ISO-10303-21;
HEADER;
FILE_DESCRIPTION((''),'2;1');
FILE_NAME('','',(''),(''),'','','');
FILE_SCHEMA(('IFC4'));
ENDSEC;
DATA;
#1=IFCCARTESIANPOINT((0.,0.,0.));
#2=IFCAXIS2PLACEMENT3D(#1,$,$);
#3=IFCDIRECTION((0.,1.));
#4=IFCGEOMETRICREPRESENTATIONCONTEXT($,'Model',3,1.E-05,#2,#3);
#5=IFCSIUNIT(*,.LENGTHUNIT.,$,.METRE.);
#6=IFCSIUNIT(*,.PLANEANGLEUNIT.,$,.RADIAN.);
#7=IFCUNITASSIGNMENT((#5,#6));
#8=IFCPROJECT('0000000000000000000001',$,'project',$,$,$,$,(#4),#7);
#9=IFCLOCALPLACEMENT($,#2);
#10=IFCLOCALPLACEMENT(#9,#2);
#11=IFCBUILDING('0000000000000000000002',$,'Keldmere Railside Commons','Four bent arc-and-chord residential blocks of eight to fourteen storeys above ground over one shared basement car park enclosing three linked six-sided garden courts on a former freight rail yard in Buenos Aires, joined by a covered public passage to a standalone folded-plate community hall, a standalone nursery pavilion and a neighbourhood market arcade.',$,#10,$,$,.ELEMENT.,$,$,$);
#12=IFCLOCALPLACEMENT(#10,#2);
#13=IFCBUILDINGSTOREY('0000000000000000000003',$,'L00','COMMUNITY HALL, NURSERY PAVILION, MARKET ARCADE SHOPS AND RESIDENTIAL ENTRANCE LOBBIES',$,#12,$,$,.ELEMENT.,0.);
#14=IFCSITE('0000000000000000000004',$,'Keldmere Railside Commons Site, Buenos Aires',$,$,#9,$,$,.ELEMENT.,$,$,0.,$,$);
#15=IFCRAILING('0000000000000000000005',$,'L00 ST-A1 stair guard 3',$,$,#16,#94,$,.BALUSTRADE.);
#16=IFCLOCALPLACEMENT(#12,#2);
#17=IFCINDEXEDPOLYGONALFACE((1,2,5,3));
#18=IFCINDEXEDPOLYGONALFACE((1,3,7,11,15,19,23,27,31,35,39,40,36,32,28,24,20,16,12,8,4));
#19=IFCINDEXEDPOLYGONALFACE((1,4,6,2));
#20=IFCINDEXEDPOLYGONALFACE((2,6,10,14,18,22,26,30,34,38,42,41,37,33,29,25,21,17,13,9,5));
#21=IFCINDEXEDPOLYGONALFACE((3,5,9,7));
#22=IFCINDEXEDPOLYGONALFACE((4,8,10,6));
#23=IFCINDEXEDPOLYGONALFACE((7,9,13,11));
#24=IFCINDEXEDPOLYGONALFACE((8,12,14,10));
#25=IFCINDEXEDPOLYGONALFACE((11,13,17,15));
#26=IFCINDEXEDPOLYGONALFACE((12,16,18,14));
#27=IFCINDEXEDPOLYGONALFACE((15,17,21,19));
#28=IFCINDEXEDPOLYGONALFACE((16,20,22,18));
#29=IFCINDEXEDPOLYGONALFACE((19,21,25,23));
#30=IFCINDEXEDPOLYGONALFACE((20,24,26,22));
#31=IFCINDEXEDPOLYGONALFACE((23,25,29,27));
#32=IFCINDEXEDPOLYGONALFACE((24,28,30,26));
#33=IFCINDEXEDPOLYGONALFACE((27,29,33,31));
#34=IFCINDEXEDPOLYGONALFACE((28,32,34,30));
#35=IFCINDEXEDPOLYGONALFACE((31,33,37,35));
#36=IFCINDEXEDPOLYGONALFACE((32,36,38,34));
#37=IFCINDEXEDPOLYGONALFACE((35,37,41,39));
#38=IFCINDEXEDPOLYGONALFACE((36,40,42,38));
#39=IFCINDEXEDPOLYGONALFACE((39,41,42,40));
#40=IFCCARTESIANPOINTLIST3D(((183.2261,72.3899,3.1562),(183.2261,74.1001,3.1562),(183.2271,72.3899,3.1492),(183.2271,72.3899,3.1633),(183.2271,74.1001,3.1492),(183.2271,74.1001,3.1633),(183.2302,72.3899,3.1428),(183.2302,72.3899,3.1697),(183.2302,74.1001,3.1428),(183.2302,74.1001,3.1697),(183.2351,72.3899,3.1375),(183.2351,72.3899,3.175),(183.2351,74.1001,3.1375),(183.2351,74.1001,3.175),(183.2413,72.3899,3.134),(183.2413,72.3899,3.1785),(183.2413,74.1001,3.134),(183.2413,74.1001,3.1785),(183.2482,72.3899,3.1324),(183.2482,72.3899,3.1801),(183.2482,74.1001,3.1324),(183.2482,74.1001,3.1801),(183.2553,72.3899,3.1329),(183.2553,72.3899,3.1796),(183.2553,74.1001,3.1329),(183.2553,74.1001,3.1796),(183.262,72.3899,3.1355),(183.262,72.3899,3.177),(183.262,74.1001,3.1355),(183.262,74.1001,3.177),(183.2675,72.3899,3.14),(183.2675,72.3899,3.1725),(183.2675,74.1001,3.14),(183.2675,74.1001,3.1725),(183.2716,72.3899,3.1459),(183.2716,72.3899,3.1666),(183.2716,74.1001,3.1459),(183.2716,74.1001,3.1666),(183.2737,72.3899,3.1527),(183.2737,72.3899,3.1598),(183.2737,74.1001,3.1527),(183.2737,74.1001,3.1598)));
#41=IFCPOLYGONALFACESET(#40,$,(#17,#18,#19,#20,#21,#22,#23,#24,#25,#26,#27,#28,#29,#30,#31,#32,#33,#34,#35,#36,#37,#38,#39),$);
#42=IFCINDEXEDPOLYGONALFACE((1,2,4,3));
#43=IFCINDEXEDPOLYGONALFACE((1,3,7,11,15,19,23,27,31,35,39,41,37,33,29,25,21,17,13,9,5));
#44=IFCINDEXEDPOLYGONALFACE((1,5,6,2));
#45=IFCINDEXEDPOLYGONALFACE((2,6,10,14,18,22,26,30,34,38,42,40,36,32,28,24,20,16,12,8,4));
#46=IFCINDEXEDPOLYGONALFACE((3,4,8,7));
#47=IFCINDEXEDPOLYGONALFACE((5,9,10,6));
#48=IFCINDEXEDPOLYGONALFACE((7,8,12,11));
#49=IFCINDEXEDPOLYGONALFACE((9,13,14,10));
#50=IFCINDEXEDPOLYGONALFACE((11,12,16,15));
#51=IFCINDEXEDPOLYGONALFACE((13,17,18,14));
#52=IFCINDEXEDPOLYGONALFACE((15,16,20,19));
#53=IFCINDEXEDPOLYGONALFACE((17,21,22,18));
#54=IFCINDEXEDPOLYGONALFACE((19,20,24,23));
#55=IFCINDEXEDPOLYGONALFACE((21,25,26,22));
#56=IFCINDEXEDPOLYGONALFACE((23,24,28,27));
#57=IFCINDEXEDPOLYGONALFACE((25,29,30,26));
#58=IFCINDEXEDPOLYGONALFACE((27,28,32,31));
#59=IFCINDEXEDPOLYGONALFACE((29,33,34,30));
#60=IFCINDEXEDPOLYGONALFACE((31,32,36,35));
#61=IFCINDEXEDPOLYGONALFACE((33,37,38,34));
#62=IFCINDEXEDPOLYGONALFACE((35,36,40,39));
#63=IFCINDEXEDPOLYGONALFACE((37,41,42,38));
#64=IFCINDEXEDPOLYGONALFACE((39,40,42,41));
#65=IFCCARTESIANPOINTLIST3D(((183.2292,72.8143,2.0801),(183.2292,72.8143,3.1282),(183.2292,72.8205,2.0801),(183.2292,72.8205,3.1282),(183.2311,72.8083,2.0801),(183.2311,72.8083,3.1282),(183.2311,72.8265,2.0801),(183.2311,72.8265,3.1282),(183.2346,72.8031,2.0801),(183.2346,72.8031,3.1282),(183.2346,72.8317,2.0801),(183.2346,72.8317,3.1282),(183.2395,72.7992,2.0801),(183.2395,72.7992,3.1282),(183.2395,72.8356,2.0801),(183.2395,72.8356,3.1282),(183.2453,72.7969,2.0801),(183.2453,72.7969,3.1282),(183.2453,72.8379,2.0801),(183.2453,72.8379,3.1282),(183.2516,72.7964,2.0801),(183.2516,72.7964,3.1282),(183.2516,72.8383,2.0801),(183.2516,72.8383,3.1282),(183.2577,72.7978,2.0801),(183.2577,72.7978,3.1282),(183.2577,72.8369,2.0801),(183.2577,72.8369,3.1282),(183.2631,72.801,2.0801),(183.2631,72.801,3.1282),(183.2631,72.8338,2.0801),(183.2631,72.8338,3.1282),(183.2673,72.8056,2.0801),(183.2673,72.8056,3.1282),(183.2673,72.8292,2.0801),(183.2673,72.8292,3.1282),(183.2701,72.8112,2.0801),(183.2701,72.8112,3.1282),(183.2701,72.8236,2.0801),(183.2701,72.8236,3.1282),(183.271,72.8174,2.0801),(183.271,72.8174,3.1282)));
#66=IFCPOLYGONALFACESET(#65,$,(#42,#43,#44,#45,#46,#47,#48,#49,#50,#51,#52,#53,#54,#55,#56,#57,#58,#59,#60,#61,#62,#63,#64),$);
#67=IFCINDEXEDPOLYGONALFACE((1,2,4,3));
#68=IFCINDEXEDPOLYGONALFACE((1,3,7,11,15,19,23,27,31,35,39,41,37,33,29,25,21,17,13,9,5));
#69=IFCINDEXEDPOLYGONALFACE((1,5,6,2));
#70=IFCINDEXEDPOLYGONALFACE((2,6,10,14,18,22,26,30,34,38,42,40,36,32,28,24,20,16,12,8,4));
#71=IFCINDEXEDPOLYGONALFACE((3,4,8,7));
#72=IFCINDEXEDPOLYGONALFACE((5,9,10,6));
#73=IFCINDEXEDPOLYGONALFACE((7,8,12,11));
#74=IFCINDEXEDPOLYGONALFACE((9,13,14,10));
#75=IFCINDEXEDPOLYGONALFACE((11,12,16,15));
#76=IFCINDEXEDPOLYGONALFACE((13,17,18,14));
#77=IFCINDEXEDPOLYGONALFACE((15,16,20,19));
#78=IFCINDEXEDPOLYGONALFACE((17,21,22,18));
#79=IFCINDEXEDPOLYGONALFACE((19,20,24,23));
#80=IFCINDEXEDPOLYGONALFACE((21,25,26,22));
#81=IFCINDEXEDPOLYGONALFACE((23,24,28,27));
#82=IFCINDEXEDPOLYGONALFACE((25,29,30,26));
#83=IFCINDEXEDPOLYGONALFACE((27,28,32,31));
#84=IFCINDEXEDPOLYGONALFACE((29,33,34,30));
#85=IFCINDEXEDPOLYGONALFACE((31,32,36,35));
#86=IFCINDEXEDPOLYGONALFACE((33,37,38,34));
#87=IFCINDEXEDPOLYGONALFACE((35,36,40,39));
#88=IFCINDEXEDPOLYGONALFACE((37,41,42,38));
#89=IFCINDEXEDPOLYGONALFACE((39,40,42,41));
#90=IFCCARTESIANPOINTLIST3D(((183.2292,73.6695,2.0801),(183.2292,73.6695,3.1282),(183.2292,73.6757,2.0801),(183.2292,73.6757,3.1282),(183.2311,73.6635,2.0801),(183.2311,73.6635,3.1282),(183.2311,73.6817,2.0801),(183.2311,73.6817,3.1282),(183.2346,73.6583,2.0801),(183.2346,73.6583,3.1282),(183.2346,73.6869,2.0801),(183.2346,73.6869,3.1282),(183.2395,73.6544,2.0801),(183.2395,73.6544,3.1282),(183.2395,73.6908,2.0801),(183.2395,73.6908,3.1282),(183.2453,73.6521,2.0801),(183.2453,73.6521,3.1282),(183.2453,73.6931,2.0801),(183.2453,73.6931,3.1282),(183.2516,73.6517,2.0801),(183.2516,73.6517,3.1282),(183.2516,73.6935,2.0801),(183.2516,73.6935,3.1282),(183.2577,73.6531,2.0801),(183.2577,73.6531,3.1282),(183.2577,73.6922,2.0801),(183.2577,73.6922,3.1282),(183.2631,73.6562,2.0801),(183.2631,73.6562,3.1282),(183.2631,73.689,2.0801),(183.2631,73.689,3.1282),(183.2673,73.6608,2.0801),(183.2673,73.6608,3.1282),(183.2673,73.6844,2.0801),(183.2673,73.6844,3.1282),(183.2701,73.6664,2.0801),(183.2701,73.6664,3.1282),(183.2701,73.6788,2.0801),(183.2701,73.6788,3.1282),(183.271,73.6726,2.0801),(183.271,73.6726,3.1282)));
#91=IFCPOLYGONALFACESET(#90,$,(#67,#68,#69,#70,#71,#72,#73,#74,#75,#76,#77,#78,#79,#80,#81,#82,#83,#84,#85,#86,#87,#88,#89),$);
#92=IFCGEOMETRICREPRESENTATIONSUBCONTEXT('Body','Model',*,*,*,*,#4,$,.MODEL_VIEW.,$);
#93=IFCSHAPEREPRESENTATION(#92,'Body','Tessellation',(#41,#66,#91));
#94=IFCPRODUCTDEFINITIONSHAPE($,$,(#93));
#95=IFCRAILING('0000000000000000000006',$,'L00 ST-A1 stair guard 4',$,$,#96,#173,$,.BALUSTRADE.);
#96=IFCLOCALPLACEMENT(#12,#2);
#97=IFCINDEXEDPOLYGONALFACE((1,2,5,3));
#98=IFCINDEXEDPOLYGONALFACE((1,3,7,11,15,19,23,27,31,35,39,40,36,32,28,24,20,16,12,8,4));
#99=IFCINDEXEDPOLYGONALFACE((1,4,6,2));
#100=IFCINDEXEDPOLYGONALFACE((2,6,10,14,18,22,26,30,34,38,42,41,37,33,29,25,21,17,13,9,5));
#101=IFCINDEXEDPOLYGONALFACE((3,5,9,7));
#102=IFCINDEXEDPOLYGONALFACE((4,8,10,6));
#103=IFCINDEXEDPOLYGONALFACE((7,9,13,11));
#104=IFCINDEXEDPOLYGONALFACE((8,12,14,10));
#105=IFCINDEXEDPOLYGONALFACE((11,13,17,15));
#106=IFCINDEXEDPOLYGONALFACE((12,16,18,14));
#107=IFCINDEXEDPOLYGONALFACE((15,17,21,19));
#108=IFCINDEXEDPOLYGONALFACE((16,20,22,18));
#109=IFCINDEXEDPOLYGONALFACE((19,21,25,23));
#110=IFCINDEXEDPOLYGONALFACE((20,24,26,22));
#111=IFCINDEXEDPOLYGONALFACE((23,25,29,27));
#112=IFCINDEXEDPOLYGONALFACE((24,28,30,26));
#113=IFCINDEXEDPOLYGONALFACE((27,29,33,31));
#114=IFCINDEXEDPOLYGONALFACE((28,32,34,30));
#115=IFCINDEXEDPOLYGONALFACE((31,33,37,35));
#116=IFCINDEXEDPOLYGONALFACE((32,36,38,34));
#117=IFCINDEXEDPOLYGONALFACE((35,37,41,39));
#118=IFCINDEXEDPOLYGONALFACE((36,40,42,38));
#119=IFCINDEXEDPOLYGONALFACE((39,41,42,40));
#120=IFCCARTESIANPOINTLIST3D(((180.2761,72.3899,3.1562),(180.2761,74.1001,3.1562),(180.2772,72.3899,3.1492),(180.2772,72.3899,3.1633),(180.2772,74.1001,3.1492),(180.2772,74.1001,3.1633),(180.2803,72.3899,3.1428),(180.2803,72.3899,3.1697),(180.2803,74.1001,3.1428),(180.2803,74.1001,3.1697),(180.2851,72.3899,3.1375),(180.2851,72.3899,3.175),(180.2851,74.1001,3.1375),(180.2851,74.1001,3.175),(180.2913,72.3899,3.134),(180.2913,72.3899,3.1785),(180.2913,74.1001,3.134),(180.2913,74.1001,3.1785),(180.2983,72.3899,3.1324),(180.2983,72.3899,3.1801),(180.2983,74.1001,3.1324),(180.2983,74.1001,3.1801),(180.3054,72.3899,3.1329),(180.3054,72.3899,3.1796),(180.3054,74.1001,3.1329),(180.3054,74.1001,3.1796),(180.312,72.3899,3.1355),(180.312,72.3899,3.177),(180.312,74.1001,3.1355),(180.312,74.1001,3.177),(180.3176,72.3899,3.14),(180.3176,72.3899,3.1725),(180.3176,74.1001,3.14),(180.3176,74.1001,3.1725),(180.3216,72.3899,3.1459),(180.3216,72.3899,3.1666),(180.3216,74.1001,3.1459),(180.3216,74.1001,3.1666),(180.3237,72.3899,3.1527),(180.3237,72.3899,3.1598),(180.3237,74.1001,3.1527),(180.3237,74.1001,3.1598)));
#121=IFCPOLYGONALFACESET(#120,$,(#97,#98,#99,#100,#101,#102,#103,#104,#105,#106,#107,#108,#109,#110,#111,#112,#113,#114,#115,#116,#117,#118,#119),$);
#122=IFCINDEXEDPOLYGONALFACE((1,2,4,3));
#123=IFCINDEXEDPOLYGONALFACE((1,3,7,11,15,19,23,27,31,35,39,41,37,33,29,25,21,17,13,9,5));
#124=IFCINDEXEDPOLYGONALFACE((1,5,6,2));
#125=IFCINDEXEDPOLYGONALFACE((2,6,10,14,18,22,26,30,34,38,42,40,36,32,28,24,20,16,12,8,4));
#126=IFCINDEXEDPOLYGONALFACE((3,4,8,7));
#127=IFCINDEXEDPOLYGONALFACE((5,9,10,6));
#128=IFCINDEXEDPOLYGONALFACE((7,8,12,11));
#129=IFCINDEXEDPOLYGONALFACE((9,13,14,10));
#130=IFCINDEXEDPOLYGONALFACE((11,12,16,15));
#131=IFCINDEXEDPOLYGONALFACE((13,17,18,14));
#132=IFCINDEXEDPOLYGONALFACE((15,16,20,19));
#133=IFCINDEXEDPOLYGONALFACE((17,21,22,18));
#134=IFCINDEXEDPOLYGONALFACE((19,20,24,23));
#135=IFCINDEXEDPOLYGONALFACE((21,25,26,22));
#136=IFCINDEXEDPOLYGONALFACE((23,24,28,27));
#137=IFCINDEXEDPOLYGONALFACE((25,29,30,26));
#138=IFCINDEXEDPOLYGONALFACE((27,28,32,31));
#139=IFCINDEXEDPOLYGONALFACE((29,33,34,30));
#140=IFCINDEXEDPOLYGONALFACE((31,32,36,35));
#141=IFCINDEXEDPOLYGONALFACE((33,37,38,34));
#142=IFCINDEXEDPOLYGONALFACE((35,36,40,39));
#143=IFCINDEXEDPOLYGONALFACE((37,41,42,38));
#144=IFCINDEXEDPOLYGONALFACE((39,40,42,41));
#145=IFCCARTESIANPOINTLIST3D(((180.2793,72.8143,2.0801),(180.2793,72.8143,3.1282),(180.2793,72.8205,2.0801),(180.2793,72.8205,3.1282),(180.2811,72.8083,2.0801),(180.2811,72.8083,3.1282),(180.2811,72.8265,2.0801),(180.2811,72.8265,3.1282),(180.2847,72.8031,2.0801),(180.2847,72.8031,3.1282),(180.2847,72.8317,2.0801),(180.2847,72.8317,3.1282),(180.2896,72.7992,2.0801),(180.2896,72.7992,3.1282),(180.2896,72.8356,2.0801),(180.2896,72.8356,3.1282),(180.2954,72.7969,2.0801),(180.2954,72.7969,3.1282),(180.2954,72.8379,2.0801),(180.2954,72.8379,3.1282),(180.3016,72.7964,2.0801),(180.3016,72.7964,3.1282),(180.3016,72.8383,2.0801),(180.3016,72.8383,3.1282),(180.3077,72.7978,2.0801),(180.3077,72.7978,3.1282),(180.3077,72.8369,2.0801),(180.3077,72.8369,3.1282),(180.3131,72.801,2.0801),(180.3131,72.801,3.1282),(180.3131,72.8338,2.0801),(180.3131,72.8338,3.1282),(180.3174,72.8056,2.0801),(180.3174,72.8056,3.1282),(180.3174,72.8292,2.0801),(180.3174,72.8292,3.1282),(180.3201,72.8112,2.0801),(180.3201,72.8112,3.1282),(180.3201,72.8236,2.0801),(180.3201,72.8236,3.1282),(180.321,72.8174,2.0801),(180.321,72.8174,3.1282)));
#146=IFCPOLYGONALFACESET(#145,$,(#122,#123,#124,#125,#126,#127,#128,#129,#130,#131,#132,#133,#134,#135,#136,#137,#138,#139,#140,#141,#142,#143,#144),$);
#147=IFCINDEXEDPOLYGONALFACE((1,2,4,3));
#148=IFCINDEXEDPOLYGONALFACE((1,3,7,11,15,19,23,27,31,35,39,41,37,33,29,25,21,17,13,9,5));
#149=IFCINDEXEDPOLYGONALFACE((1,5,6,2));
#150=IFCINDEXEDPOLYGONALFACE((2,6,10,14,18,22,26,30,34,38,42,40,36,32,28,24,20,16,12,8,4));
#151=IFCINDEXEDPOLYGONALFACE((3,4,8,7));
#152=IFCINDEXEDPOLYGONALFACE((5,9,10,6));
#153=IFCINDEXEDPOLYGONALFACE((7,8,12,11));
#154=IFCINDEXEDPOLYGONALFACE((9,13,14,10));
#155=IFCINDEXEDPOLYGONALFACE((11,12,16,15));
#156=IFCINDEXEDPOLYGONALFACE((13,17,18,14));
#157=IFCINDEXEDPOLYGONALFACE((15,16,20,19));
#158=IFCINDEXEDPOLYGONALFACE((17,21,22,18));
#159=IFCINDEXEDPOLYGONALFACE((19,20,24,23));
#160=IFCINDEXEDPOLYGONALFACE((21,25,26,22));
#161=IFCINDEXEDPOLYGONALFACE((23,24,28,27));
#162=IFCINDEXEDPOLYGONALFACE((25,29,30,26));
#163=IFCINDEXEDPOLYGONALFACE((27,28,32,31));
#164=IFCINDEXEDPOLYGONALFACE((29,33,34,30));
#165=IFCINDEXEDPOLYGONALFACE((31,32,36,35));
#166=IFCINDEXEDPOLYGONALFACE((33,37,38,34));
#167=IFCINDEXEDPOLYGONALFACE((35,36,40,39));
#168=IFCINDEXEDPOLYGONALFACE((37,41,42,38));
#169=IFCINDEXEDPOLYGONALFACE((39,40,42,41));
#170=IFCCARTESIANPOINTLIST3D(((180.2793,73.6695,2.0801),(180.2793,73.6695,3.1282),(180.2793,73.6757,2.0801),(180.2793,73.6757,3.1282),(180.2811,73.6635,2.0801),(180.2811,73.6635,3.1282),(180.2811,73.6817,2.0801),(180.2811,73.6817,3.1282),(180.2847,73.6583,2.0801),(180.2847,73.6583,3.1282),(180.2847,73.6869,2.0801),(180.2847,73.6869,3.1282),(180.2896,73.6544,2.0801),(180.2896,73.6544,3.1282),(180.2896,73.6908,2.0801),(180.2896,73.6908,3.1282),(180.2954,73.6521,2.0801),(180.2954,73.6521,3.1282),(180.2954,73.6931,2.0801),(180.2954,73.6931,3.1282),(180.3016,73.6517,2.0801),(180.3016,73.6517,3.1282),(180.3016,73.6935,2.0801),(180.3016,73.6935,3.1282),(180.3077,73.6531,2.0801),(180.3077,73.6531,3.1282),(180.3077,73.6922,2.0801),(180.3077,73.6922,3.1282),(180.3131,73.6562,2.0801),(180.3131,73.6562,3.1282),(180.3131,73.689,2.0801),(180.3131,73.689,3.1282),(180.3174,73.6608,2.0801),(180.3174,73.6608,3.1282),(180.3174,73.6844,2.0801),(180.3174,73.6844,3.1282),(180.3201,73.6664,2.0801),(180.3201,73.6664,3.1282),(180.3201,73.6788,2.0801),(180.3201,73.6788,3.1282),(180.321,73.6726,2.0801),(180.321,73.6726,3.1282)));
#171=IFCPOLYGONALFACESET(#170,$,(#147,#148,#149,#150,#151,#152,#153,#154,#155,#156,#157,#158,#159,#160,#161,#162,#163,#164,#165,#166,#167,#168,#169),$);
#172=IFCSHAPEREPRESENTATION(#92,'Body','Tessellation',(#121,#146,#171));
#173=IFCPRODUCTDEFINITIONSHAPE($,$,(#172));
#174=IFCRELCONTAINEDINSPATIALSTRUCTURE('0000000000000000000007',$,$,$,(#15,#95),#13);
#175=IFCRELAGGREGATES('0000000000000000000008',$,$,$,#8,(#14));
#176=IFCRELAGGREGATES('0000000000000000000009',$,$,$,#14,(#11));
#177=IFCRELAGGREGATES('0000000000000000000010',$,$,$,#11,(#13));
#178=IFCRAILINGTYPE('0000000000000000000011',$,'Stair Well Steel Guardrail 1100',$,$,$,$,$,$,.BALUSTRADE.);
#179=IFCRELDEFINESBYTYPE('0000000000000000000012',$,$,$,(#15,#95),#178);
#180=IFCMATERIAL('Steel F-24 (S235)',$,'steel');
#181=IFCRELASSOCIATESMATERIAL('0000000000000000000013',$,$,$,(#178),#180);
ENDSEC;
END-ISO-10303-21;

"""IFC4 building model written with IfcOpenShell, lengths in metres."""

from ifc_helpers import new_model, si_unit, direction, frame, origin, origin_2d, place, context, subcontext, project, spatial, circle, extrude, material, type_object, element, save


model = new_model("IFC4")

# Units and contexts
model_context = context("Model", 3, precision=1e-05, world=origin(), true_north=direction((0.0, 1.0)))
body_context = subcontext(model_context, "Body", "Model", "MODEL_VIEW")
ifc_project = project(units=[si_unit("LENGTHUNIT", "METRE"), si_unit("PLANEANGLEUNIT", "RADIAN")], contexts=[model_context])

# Site, building, storey
site_placement = place(None, origin())
site = spatial("IfcSite", under=ifc_project, at=site_placement, Name="Keldmere Railside Commons Site, Buenos Aires", CompositionType="ELEMENT", RefElevation=0.0)
building_placement = place(site_placement, origin())
building = spatial("IfcBuilding", under=site, at=building_placement, Name="Keldmere Railside Commons", Description="Four bent arc-and-chord residential blocks of eight to fourteen storeys above ground over one shared basement car park enclosing three linked six-sided garden courts on a former freight rail yard in Buenos Aires, joined by a covered public passage to a standalone folded-plate community hall, a standalone nursery pavilion and a neighbourhood market arcade.", CompositionType="ELEMENT")
storey_placement = place(building_placement, origin())
storey = spatial("IfcBuildingStorey", under=building, at=storey_placement, Name="L00", Description="COMMUNITY HALL, NURSERY PAVILION, MARKET ARCADE SHOPS AND RESIDENTIAL ENTRANCE LOBBIES", CompositionType="ELEMENT", Elevation=0.0)

# Shared definitions
ifc_material_1 = material(Name="Steel F-24 (S235)", Category="steel")

# Railings
railing_type_1 = type_object("IfcRailingType", Name="Stair Well Steel Guardrail 1100", PredefinedType="BALUSTRADE", material=ifc_material_1)
for number, where, name in (
    (1, (183.25, 72.3899, 2.0801), "L00 ST-A1 stair guard 3"),
    (2, (180.3, 72.3899, 2.0801), "L00 ST-A1 stair guard 4"),
):
    element("IfcRailing", number, at=place(storey_placement, frame(where)), inside=storey, type_object=railing_type_1, Name=name, PredefinedType="BALUSTRADE", context=body_context, shape_type="SweptSolid", body=[
        extrude(circle(Radius=0.0239, at=origin_2d()), frame((0.0, 0.0, 1.0762), z_axis=(0.0, 1.0, 0.0), x_axis=(-1.0, 0.0, 0.0)), (0.0, 0.0, 1.0), 1.7102),
        extrude(circle(Radius=0.021, at=origin_2d()), frame((0.0, 0.4275, 0.0)), (0.0, 0.0, 1.0), 1.0481),
        extrude(circle(Radius=0.021, at=origin_2d()), frame((0.0, 1.2827, 0.0)), (0.0, 0.0, 1.0), 1.0481),
    ])

save(model, "model.ifc")
